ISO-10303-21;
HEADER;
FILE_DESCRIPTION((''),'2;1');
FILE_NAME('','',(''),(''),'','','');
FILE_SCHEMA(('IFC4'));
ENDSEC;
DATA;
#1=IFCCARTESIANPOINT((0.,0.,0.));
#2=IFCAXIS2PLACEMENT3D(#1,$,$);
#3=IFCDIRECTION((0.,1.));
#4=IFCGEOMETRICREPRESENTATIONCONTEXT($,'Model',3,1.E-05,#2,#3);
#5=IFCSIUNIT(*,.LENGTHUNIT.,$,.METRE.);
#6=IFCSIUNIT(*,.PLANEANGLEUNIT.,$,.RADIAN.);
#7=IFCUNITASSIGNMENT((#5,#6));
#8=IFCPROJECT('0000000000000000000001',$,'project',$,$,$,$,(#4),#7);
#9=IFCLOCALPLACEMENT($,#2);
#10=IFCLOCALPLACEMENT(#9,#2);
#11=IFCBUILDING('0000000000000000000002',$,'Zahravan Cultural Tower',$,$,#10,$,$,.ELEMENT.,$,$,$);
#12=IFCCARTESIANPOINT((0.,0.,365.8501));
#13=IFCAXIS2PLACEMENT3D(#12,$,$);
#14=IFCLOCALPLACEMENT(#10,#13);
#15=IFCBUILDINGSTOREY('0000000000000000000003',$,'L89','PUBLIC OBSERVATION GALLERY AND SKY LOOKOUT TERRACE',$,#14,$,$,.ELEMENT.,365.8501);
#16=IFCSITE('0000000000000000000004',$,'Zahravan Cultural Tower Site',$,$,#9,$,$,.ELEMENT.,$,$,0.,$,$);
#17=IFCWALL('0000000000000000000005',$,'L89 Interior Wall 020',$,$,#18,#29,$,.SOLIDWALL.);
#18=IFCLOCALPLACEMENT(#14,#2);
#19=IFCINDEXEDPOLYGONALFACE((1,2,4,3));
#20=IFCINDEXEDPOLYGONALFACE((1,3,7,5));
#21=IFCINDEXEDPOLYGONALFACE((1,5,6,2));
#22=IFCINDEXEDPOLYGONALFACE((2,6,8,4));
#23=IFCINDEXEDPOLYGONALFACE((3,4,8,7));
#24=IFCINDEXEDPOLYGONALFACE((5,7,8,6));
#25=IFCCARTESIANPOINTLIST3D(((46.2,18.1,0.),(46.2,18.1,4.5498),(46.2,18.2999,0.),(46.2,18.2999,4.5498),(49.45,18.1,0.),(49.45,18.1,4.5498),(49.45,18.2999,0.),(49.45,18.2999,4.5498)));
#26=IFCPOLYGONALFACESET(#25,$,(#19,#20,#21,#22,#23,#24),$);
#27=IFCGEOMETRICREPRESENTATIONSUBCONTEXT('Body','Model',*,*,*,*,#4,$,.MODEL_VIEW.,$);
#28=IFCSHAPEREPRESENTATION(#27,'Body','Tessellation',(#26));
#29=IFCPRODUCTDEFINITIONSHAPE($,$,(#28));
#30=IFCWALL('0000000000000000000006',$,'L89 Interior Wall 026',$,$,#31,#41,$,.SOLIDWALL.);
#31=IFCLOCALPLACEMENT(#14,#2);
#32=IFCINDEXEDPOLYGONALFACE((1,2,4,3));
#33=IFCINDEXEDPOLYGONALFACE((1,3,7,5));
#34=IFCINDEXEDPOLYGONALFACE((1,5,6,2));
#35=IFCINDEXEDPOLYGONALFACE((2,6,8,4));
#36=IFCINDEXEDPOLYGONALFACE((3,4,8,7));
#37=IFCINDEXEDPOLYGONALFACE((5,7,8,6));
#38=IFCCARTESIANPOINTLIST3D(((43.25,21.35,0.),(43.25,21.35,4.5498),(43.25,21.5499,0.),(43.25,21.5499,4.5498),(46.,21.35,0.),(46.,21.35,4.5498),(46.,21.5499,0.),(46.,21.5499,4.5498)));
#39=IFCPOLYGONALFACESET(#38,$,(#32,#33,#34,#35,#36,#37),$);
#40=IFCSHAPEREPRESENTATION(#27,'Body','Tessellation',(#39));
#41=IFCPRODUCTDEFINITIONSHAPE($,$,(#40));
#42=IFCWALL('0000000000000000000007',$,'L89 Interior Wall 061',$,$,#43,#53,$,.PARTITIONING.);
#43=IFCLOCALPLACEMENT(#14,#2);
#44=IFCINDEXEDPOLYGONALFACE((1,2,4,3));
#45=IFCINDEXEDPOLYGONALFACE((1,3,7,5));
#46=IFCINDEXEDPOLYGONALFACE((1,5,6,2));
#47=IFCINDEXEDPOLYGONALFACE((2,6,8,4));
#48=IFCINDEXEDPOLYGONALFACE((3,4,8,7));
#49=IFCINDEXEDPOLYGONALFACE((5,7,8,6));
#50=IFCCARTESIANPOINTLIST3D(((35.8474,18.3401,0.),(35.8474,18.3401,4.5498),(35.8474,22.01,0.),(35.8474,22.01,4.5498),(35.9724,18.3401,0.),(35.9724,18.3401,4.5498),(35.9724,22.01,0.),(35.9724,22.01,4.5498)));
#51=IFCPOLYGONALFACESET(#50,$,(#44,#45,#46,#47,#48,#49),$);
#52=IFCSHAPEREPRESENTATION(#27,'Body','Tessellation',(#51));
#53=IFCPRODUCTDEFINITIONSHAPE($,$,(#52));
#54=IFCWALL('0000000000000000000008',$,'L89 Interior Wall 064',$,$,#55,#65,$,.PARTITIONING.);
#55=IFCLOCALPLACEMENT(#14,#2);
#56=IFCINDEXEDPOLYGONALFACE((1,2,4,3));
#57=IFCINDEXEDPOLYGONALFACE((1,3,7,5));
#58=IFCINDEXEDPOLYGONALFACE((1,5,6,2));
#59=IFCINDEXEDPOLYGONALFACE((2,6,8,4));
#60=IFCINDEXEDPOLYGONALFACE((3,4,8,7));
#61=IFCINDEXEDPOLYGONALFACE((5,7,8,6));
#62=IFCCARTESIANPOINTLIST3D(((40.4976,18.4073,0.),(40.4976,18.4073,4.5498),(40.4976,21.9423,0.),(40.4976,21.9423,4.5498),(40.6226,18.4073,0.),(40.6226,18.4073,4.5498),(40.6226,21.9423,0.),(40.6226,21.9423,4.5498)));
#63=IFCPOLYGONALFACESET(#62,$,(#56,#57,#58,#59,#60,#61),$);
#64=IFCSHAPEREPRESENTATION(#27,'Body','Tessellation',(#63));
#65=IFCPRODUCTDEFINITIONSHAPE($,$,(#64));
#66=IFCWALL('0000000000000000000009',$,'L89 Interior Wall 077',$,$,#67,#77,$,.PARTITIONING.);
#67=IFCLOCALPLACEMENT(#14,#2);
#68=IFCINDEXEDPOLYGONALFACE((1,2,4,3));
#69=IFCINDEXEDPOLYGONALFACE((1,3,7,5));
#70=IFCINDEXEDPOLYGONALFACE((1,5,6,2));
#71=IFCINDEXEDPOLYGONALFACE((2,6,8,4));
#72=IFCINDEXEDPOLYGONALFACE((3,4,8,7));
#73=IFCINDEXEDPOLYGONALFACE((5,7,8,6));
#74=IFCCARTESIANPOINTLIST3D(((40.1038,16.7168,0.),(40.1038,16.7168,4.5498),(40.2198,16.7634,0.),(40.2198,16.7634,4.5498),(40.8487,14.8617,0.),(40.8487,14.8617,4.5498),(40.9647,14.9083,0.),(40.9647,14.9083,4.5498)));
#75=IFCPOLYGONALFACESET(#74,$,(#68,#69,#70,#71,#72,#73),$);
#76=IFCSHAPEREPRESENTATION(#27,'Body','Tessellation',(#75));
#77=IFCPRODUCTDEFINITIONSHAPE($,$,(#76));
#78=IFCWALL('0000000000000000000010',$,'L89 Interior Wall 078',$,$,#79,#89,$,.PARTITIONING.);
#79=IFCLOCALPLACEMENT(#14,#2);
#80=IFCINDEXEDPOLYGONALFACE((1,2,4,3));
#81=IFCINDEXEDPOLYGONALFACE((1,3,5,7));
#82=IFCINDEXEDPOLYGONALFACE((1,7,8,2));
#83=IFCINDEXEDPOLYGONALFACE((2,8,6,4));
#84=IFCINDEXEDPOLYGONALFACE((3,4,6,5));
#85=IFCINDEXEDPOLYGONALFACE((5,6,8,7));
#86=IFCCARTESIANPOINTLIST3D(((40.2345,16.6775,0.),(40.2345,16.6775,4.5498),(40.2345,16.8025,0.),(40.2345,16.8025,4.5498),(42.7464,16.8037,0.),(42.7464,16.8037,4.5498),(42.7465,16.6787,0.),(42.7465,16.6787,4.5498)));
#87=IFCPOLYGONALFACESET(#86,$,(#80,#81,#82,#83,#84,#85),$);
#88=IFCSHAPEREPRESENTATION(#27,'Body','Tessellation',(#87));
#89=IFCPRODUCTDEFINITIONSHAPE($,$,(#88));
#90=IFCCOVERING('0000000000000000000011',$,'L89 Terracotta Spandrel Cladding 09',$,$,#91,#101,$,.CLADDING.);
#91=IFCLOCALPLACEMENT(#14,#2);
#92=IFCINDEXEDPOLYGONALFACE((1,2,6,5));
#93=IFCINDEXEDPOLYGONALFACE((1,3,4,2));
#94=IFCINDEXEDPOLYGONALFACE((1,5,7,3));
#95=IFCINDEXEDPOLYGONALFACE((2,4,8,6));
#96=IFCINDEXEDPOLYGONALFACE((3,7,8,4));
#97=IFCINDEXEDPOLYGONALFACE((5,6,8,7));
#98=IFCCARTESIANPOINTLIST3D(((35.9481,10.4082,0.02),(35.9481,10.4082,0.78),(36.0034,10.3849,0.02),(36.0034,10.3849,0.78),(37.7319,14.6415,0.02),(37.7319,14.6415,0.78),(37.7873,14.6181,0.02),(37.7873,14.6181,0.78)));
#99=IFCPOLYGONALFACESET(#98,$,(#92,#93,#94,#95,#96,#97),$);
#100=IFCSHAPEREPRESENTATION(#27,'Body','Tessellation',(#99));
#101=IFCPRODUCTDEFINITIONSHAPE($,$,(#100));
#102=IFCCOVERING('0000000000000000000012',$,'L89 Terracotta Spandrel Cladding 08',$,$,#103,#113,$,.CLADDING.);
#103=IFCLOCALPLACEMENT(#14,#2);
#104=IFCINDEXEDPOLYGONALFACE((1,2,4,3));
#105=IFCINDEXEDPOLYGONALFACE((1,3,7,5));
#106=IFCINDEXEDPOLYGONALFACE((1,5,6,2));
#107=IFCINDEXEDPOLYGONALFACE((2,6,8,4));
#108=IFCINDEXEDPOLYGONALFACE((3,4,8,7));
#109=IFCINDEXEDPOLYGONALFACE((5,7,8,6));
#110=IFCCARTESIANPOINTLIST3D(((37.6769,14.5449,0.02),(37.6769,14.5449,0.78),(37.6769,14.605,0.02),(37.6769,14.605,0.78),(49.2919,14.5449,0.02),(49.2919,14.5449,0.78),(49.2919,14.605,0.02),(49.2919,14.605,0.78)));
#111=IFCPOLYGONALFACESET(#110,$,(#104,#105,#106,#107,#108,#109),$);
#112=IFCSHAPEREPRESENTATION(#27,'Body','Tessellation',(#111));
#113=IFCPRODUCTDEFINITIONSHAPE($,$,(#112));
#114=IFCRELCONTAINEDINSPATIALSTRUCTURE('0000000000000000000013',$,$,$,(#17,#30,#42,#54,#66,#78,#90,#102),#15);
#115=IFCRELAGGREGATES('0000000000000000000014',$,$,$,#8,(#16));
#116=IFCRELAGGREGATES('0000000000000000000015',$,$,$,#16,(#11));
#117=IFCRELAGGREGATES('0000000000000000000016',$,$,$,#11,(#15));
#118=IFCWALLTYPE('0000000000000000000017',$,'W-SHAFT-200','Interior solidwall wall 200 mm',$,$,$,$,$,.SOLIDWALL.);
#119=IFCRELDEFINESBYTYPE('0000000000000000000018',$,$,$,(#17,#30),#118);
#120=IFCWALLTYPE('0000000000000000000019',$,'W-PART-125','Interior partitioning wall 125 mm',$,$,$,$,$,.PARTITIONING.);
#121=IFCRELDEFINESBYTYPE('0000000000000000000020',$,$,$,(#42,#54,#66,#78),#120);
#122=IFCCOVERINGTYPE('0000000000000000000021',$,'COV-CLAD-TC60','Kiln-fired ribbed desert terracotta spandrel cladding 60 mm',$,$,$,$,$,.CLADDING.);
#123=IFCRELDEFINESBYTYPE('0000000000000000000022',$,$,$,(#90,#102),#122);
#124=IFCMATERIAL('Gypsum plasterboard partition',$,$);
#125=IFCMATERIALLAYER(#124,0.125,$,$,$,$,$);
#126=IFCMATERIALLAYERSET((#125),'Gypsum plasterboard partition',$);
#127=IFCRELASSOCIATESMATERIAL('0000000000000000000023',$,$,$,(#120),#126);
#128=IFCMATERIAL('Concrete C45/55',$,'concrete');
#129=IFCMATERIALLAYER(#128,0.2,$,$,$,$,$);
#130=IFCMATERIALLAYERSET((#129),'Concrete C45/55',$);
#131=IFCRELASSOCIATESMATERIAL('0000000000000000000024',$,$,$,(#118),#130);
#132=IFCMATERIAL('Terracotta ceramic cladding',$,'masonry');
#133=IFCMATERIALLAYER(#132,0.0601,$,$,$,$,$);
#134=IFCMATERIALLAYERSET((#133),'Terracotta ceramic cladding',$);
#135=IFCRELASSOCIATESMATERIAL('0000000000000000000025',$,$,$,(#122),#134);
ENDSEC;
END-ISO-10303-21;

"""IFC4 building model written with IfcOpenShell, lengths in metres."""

from ifc_helpers import new_model, si_unit, direction, frame, frame_2d, origin, origin_2d, place, context, subcontext, project, spatial, rectangle, extrude, source, transform, mapped, material, layer, layer_set, type_object, element, save


model = new_model("IFC4")

# Units and contexts
model_context = context("Model", 3, precision=1e-05, world=origin(), true_north=direction((0.0, 1.0)))
body_context = subcontext(model_context, "Body", "Model", "MODEL_VIEW")
ifc_project = project(units=[si_unit("LENGTHUNIT", "METRE"), si_unit("PLANEANGLEUNIT", "RADIAN")], contexts=[model_context])

# Site, building, storey
site_placement = place(None, origin())
site = spatial("IfcSite", under=ifc_project, at=site_placement, Name="Zahravan Cultural Tower Site", CompositionType="ELEMENT", RefElevation=0.0)
building_placement = place(site_placement, origin())
building = spatial("IfcBuilding", under=site, at=building_placement, Name="Zahravan Cultural Tower", CompositionType="ELEMENT")
storey_placement = place(building_placement, frame((0.0, 0.0, 365.8501)))
storey = spatial("IfcBuildingStorey", under=building, at=storey_placement, Name="L89", Description="PUBLIC OBSERVATION GALLERY AND SKY LOOKOUT TERRACE", CompositionType="ELEMENT", Elevation=365.8501)

# Shared definitions
ifc_material_1 = material(Name="Gypsum plasterboard partition")
ifc_layer_1 = layer(ifc_material_1, 0.125)
ifc_layer_set_1 = layer_set([ifc_layer_1], Name="Gypsum plasterboard partition")
wall_type_1 = type_object("IfcWallType", Name="W-PART-125", Description="Interior partitioning wall 125 mm", PredefinedType="PARTITIONING", material=ifc_layer_set_1)
ifc_material_2 = material(Name="Concrete C45/55", Category="concrete")
ifc_layer_2 = layer(ifc_material_2, 0.2)
ifc_layer_set_2 = layer_set([ifc_layer_2], Name="Concrete C45/55")
wall_type_2 = type_object("IfcWallType", Name="W-SHAFT-200", Description="Interior solidwall wall 200 mm", PredefinedType="SOLIDWALL", material=ifc_layer_set_2)

# Walls
shared_shape_1 = source(origin(), body_context, "Body", "SweptSolid", [
    extrude(rectangle(XDim=3.25, YDim=0.2, at=frame_2d((1.625, 0.0))), origin(), (0.0, 0.0, 1.0), 4.5498),
])
wall_1_placement = place(storey_placement, frame((46.2, 18.2, 0.0), z_axis=(0.0, 0.0, 1.0), x_axis=(1.0, 0.0, 0.0)))
element("IfcWall", 1, at=wall_1_placement, inside=storey, type_object=wall_type_2, Name="L89 Interior Wall 020", PredefinedType="SOLIDWALL", context=body_context, shape_type="MappedRepresentation", body=[
    mapped(shared_shape_1, transform((0.0, 0.0, 0.0), x_axis=(1.0, 0.0, 0.0), y_axis=(0.0, 1.0, 0.0), z_axis=(0.0, 0.0, 1.0), scale=1.0)),
])
shared_shape_2 = source(origin(), body_context, "Body", "SweptSolid", [
    extrude(rectangle(XDim=2.75, YDim=0.2, at=frame_2d((1.375, 0.0))), origin(), (0.0, 0.0, 1.0), 4.5498),
])
wall_2_placement = place(storey_placement, frame((43.25, 21.45, 0.0), z_axis=(0.0, 0.0, 1.0), x_axis=(1.0, 0.0, 0.0)))
element("IfcWall", 2, at=wall_2_placement, inside=storey, type_object=wall_type_2, Name="L89 Interior Wall 026", PredefinedType="SOLIDWALL", context=body_context, shape_type="MappedRepresentation", body=[
    mapped(shared_shape_2, transform((0.0, 0.0, 0.0), x_axis=(1.0, 0.0, 0.0), y_axis=(0.0, 1.0, 0.0), z_axis=(0.0, 0.0, 1.0), scale=1.0)),
])
shared_shape_3 = source(origin(), body_context, "Body", "SweptSolid", [
    extrude(rectangle(XDim=3.6699, YDim=0.125, at=frame_2d((1.835, 0.0))), origin(), (0.0, 0.0, 1.0), 4.5498),
])
wall_3_placement = place(storey_placement, frame((35.9099, 22.01, 0.0), z_axis=(0.0, 0.0, 1.0), x_axis=(0.0, -1.0, 0.0)))
element("IfcWall", 3, at=wall_3_placement, inside=storey, type_object=wall_type_1, Name="L89 Interior Wall 061", PredefinedType="PARTITIONING", context=body_context, shape_type="MappedRepresentation", body=[
    mapped(shared_shape_3, transform((0.0, 0.0, 0.0), x_axis=(1.0, 0.0, 0.0), y_axis=(0.0, 1.0, 0.0), z_axis=(0.0, 0.0, 1.0), scale=1.0)),
])
shared_shape_4 = source(origin(), body_context, "Body", "SweptSolid", [
    extrude(rectangle(XDim=3.5349, YDim=0.125, at=frame_2d((1.7676, 0.0))), origin(), (0.0, 0.0, 1.0), 4.5498),
])
wall_4_placement = place(storey_placement, frame((40.5601, 21.9424, 0.0), z_axis=(0.0, 0.0, 1.0), x_axis=(0.0, -1.0, 0.0)))
element("IfcWall", 4, at=wall_4_placement, inside=storey, type_object=wall_type_1, Name="L89 Interior Wall 064", PredefinedType="PARTITIONING", context=body_context, shape_type="MappedRepresentation", body=[
    mapped(shared_shape_4, transform((0.0, 0.0, 0.0), x_axis=(1.0, 0.0, 0.0), y_axis=(0.0, 1.0, 0.0), z_axis=(0.0, 0.0, 1.0), scale=1.0)),
])
shared_shape_5 = source(origin(), body_context, "Body", "SweptSolid", [
    extrude(rectangle(XDim=1.999, YDim=0.125, at=frame_2d((0.9995, 0.0))), origin(), (0.0, 0.0, 1.0), 4.5498),
])
wall_5_placement = place(storey_placement, frame((40.9067, 14.885, 0.0), z_axis=(0.0, 0.0, 1.0), x_axis=(-0.372633, 0.927979, 0.0)))
element("IfcWall", 5, at=wall_5_placement, inside=storey, type_object=wall_type_1, Name="L89 Interior Wall 077", PredefinedType="PARTITIONING", context=body_context, shape_type="MappedRepresentation", body=[
    mapped(shared_shape_5, transform((0.0, 0.0, 0.0), x_axis=(1.0, 0.0, 0.0), y_axis=(0.0, 1.0, 0.0), z_axis=(0.0, 0.0, 1.0), scale=1.0)),
])
shared_shape_6 = source(origin(), body_context, "Body", "SweptSolid", [
    extrude(rectangle(XDim=2.512, YDim=0.125, at=frame_2d((1.2559, 0.0))), origin(), (0.0, 0.0, 1.0), 4.5498),
])
wall_6_placement = place(storey_placement, frame((40.2346, 16.74, 0.0), z_axis=(0.0, 0.0, 1.0), x_axis=(1.0, 0.000486, 0.0)))
element("IfcWall", 6, at=wall_6_placement, inside=storey, type_object=wall_type_1, Name="L89 Interior Wall 078", PredefinedType="PARTITIONING", context=body_context, shape_type="MappedRepresentation", body=[
    mapped(shared_shape_6, transform((0.0, 0.0, 0.0), x_axis=(1.0, 0.0, 0.0), y_axis=(0.0, 1.0, 0.0), z_axis=(0.0, 0.0, 1.0), scale=1.0)),
])

# Coverings
ifc_material_3 = material(Name="Terracotta ceramic cladding", Category="masonry")
ifc_layer_3 = layer(ifc_material_3, 0.0601)
ifc_layer_set_3 = layer_set([ifc_layer_3], Name="Terracotta ceramic cladding")
covering_type = type_object("IfcCoveringType", Name="COV-CLAD-TC60", Description="Kiln-fired ribbed desert terracotta spandrel cladding 60 mm", PredefinedType="CLADDING", material=ifc_layer_set_3)
shared_shape_7 = source(origin(), body_context, "Body", "SweptSolid", [
    extrude(rectangle(XDim=4.5938, YDim=0.0601, at=origin_2d()), origin(), (0.0, 0.0, 1.0), 0.76),
])
covering_1_placement = place(storey_placement, frame((36.8677, 12.5132, 0.02), z_axis=(0.0, 0.0, 1.0), x_axis=(-0.38832, -0.921525, 0.0)))
element("IfcCovering", 7, at=covering_1_placement, inside=storey, type_object=covering_type, Name="L89 Terracotta Spandrel Cladding 09", PredefinedType="CLADDING", context=body_context, shape_type="MappedRepresentation", body=[
    mapped(shared_shape_7, transform((0.0, 0.0, 0.0), x_axis=(1.0, 0.0, 0.0), y_axis=(0.0, 1.0, 0.0), z_axis=(0.0, 0.0, 1.0), scale=1.0)),
])
shared_shape_8 = source(origin(), body_context, "Body", "SweptSolid", [
    extrude(rectangle(XDim=11.615, YDim=0.0601, at=origin_2d()), origin(), (0.0, 0.0, 1.0), 0.76),
])
covering_2_placement = place(storey_placement, frame((43.4844, 14.575, 0.02), z_axis=(0.0, 0.0, 1.0), x_axis=(-1.0, 0.0, 0.0)))
element("IfcCovering", 8, at=covering_2_placement, inside=storey, type_object=covering_type, Name="L89 Terracotta Spandrel Cladding 08", PredefinedType="CLADDING", context=body_context, shape_type="MappedRepresentation", body=[
    mapped(shared_shape_8, transform((0.0, 0.0, 0.0), x_axis=(1.0, 0.0, 0.0), y_axis=(0.0, 1.0, 0.0), z_axis=(0.0, 0.0, 1.0), scale=1.0)),
])

save(model, "model.ifc")
